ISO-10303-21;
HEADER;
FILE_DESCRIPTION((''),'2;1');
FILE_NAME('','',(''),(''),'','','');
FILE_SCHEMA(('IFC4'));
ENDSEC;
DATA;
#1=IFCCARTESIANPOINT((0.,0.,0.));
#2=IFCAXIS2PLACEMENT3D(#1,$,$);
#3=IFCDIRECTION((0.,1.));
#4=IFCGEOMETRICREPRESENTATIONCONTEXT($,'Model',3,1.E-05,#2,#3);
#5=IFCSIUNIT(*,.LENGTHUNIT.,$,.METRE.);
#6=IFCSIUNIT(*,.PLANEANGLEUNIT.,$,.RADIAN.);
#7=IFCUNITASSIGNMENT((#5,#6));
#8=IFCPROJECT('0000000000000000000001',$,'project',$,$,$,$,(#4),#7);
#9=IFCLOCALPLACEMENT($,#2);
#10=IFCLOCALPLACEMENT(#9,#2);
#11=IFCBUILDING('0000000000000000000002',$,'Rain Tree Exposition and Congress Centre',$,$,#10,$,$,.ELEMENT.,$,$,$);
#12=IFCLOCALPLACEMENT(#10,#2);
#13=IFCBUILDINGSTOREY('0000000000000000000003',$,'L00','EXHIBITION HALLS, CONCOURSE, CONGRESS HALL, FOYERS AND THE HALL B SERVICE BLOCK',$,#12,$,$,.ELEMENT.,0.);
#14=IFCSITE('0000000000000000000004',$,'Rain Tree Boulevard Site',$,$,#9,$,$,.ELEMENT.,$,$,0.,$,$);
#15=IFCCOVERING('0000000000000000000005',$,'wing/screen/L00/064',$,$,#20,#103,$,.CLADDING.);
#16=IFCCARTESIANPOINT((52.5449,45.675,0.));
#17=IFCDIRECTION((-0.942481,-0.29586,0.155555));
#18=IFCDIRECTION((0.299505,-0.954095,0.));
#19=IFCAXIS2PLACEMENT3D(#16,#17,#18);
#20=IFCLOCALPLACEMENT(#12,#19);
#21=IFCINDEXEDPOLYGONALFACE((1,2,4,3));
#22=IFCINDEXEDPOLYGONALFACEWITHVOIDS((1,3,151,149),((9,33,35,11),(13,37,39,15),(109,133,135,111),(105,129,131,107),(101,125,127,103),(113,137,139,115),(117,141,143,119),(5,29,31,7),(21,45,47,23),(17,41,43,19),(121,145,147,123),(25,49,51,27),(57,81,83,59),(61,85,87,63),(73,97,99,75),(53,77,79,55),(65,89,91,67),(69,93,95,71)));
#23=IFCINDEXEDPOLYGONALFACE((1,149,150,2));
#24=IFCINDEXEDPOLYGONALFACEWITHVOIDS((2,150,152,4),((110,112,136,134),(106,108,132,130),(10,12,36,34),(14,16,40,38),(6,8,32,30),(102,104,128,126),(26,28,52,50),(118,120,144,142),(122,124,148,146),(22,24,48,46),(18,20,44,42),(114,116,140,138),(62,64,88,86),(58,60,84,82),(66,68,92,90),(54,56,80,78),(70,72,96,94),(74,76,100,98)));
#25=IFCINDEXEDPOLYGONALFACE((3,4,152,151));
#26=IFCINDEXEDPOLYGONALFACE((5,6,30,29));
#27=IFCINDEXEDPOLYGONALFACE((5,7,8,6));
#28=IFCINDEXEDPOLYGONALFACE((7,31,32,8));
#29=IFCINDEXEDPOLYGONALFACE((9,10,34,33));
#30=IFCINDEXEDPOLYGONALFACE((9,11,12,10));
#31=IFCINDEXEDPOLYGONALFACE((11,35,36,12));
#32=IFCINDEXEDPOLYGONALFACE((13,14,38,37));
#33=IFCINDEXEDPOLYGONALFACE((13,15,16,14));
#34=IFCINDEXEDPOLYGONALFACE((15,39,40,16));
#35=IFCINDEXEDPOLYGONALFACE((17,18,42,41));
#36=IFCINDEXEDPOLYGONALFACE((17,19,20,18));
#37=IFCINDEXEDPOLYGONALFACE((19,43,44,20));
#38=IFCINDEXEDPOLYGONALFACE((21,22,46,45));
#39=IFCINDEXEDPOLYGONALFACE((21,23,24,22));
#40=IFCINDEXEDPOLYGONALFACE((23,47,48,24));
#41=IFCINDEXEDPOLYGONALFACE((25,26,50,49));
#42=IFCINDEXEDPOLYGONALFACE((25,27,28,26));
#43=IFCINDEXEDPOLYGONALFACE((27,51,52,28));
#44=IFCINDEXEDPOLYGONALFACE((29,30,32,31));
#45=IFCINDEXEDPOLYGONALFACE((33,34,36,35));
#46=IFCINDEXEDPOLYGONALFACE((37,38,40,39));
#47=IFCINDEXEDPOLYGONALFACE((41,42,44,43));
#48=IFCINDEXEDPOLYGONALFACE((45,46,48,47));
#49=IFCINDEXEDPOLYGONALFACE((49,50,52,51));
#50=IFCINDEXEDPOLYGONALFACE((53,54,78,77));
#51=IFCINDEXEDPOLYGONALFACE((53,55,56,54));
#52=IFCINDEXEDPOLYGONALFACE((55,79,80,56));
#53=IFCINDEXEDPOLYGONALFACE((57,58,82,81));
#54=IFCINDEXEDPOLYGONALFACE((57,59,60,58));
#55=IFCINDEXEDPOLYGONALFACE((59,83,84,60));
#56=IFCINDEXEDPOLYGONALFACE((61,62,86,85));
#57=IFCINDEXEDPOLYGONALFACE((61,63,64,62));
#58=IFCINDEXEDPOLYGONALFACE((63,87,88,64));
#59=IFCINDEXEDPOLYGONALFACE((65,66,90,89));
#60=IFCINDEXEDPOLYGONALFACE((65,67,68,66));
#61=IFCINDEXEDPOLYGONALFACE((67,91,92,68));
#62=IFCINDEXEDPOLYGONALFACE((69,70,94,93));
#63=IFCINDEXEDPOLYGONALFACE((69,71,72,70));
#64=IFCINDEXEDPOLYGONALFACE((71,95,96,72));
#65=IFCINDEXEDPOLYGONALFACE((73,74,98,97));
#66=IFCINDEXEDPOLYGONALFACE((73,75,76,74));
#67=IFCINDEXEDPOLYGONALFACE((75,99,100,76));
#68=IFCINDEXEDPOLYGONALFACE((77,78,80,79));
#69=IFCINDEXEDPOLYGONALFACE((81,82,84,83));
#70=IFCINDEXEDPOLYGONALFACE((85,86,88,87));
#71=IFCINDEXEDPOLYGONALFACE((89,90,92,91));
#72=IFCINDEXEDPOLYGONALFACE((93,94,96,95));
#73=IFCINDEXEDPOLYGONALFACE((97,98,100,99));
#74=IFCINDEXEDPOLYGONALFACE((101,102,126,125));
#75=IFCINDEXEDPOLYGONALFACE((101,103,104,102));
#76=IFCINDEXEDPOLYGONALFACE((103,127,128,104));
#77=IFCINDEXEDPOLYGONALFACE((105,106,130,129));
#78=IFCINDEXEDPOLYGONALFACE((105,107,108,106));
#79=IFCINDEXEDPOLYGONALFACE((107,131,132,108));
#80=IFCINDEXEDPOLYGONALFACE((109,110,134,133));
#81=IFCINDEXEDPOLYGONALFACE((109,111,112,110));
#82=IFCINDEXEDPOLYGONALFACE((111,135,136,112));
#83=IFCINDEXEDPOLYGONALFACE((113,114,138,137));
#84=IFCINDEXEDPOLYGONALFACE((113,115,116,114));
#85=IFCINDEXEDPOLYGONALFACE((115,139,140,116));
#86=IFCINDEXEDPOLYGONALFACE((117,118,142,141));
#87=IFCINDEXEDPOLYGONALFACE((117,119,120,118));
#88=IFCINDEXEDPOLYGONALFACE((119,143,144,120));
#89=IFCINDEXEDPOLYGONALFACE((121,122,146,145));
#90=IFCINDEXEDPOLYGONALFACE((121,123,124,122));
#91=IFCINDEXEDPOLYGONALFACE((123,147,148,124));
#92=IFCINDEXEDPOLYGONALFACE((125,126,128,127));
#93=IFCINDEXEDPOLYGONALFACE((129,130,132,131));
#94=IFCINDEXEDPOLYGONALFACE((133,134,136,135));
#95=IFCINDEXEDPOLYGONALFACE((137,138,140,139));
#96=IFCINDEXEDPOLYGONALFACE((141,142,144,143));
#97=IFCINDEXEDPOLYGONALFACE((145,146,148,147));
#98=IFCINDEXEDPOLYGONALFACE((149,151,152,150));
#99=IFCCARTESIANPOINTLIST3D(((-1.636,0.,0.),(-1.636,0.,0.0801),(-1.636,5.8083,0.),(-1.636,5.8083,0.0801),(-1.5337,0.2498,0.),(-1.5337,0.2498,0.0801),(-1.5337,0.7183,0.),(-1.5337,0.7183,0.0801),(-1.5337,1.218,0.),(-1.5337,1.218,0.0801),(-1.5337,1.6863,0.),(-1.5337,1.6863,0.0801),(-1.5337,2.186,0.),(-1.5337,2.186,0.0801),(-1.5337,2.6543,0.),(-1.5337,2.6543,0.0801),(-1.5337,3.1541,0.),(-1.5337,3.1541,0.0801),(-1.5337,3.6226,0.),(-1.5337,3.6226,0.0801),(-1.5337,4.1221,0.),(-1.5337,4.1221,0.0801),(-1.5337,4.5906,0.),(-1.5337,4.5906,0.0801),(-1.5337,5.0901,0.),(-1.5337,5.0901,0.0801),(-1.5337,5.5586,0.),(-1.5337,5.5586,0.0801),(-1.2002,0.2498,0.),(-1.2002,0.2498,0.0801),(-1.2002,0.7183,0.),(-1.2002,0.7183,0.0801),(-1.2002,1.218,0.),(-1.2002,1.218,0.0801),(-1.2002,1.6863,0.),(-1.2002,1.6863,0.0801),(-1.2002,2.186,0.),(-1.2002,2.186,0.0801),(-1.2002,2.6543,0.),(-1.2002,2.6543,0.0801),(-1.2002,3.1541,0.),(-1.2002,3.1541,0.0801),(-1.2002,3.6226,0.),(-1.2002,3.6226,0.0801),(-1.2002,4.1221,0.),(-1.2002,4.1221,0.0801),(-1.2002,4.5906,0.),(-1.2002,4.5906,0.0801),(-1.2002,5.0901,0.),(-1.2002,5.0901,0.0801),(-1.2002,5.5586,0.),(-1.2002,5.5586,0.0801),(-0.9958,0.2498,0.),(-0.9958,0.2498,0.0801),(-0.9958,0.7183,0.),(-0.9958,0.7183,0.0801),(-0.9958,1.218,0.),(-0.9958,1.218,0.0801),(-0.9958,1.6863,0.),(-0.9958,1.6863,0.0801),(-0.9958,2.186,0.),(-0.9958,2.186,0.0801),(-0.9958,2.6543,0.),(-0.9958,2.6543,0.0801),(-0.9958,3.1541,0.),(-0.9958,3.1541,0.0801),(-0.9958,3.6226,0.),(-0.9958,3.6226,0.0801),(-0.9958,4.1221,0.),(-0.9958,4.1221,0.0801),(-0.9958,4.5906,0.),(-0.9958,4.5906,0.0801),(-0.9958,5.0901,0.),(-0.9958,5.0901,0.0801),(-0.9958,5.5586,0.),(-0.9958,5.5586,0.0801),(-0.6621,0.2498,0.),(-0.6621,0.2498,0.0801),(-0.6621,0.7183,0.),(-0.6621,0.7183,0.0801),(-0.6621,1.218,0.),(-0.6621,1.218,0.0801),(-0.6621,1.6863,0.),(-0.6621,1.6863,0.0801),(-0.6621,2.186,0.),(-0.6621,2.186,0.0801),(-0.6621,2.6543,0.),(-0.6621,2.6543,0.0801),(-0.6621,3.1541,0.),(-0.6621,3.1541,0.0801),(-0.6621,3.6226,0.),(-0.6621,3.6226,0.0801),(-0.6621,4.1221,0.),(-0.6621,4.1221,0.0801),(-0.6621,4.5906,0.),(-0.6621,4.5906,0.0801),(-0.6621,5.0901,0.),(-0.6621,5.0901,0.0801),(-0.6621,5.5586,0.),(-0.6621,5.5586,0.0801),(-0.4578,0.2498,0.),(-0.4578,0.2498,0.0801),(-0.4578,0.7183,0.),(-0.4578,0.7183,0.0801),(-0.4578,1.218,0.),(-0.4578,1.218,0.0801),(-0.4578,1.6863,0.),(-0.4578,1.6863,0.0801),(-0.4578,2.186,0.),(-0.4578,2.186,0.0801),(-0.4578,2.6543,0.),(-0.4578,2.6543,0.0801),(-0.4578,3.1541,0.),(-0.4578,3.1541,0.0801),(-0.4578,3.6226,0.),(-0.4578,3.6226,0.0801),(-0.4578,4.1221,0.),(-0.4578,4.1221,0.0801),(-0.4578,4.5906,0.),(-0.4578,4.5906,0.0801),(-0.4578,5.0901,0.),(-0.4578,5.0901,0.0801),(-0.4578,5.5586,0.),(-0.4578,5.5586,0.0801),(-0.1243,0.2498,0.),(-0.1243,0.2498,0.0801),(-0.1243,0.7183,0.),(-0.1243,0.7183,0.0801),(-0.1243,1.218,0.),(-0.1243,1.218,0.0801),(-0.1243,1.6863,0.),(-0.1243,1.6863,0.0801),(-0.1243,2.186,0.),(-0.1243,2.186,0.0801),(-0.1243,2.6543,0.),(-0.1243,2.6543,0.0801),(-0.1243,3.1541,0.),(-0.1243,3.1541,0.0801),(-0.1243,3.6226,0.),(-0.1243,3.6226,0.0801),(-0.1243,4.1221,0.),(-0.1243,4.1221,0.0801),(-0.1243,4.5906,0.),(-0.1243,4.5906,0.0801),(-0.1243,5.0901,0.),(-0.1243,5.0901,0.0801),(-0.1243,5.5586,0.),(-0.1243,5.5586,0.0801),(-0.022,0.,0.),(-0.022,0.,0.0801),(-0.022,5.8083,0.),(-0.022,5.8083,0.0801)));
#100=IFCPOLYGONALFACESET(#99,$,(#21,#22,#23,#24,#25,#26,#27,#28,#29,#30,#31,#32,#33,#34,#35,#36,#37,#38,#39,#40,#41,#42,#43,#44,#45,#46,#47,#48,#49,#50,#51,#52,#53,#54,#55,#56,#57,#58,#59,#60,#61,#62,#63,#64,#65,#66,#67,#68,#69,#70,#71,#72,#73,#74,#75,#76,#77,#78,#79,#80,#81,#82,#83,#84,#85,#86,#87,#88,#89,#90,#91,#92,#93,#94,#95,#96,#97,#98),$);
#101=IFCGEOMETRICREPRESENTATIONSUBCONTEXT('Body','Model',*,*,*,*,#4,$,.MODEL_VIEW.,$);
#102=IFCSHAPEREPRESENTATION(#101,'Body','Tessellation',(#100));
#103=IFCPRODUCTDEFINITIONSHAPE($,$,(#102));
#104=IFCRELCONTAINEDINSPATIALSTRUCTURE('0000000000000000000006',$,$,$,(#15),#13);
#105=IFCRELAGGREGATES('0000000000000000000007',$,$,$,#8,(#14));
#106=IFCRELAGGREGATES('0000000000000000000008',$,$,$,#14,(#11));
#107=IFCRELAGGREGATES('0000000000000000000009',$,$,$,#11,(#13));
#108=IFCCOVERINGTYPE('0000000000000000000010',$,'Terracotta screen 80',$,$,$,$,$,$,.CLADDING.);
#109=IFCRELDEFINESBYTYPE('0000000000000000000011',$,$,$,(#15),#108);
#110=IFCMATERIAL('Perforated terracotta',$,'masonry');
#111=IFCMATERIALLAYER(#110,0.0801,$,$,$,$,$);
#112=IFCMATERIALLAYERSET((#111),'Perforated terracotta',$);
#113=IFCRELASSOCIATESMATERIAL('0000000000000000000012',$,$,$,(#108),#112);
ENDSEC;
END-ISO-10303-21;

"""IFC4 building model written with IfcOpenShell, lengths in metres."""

from ifc_helpers import new_model, si_unit, direction, frame, origin, place, context, subcontext, project, spatial, polyline, outline, extrude, material, layer, layer_set, type_object, element, save


model = new_model("IFC4")

# Units and contexts
model_context = context("Model", 3, precision=1e-05, world=origin(), true_north=direction((0.0, 1.0)))
body_context = subcontext(model_context, "Body", "Model", "MODEL_VIEW")
ifc_project = project(units=[si_unit("LENGTHUNIT", "METRE"), si_unit("PLANEANGLEUNIT", "RADIAN")], contexts=[model_context])

# Site, building, storey
site_placement = place(None, origin())
site = spatial("IfcSite", under=ifc_project, at=site_placement, Name="Rain Tree Boulevard Site", CompositionType="ELEMENT", RefElevation=0.0)
building_placement = place(site_placement, origin())
building = spatial("IfcBuilding", under=site, at=building_placement, Name="Rain Tree Exposition and Congress Centre", CompositionType="ELEMENT")
storey_placement = place(building_placement, origin())
storey = spatial("IfcBuildingStorey", under=building, at=storey_placement, Name="L00", Description="EXHIBITION HALLS, CONCOURSE, CONGRESS HALL, FOYERS AND THE HALL B SERVICE BLOCK", CompositionType="ELEMENT", Elevation=0.0)

# Covering
ifc_material_1 = material(Name="Perforated terracotta", Category="masonry")
ifc_layer = layer(ifc_material_1, 0.0801)
ifc_layer_set = layer_set([ifc_layer], Name="Perforated terracotta")
covering_type = type_object("IfcCoveringType", Name="Terracotta screen 80", PredefinedType="CLADDING", material=ifc_layer_set)
covering_1_placement = place(storey_placement, frame((52.5449, 45.675, 0.0), z_axis=(-0.942481, -0.29586, 0.155555), x_axis=(0.299505, -0.954095, 0.0)))
element("IfcCovering", 1, at=covering_1_placement, inside=storey, type_object=covering_type, Name="wing/screen/L00/064", PredefinedType="CLADDING", context=body_context, shape_type="SweptSolid", body=[
    extrude(outline(polyline([(-0.022, 5.8083), (-0.022, 0.0), (-1.636, 0.0), (-1.636, 5.8083), (-0.022, 5.8083)]), holes=[polyline([(-0.1243, 0.2498), (-0.1243, 0.7183), (-0.4578, 0.7183), (-0.4578, 0.2498), (-0.1243, 0.2498)]), polyline([(-0.1243, 1.218), (-0.1243, 1.6863), (-0.4578, 1.6863), (-0.4578, 1.218), (-0.1243, 1.218)]), polyline([(-0.1243, 2.186), (-0.1243, 2.6543), (-0.4578, 2.6543), (-0.4578, 2.186), (-0.1243, 2.186)]), polyline([(-0.1243, 3.1541), (-0.1243, 3.6226), (-0.4578, 3.6226), (-0.4578, 3.1541), (-0.1243, 3.1541)]), polyline([(-0.1243, 4.1221), (-0.1243, 4.5906), (-0.4578, 4.5906), (-0.4578, 4.1221), (-0.1243, 4.1221)]), polyline([(-0.1243, 5.0901), (-0.1243, 5.5586), (-0.4578, 5.5586), (-0.4578, 5.0901), (-0.1243, 5.0901)]), polyline([(-0.6621, 0.2498), (-0.6621, 0.7183), (-0.9958, 0.7183), (-0.9958, 0.2498), (-0.6621, 0.2498)]), polyline([(-0.6621, 1.218), (-0.6621, 1.6863), (-0.9958, 1.6863), (-0.9958, 1.218), (-0.6621, 1.218)]), polyline([(-0.6621, 2.186), (-0.6621, 2.6543), (-0.9958, 2.6543), (-0.9958, 2.186), (-0.6621, 2.186)]), polyline([(-0.6621, 3.1541), (-0.6621, 3.6226), (-0.9958, 3.6226), (-0.9958, 3.1541), (-0.6621, 3.1541)]), polyline([(-0.6621, 4.1221), (-0.6621, 4.5906), (-0.9958, 4.5906), (-0.9958, 4.1221), (-0.6621, 4.1221)]), polyline([(-0.6621, 5.0901), (-0.6621, 5.5586), (-0.9958, 5.5586), (-0.9958, 5.0901), (-0.6621, 5.0901)]), polyline([(-1.2002, 0.2498), (-1.2002, 0.7183), (-1.5337, 0.7183), (-1.5337, 0.2498), (-1.2002, 0.2498)]), polyline([(-1.2002, 1.218), (-1.2002, 1.6863), (-1.5337, 1.6863), (-1.5337, 1.218), (-1.2002, 1.218)]), polyline([(-1.2002, 2.186), (-1.2002, 2.6543), (-1.5337, 2.6543), (-1.5337, 2.186), (-1.2002, 2.186)]), polyline([(-1.2002, 3.1541), (-1.2002, 3.6226), (-1.5337, 3.6226), (-1.5337, 3.1541), (-1.2002, 3.1541)]), polyline([(-1.2002, 4.1221), (-1.2002, 4.5906), (-1.5337, 4.5906), (-1.5337, 4.1221), (-1.2002, 4.1221)]), polyline([(-1.2002, 5.0901), (-1.2002, 5.5586), (-1.5337, 5.5586), (-1.5337, 5.0901), (-1.2002, 5.0901)])]), origin(), (0.0, 0.0, 1.0), 0.0801),
])

save(model, "model.ifc")
